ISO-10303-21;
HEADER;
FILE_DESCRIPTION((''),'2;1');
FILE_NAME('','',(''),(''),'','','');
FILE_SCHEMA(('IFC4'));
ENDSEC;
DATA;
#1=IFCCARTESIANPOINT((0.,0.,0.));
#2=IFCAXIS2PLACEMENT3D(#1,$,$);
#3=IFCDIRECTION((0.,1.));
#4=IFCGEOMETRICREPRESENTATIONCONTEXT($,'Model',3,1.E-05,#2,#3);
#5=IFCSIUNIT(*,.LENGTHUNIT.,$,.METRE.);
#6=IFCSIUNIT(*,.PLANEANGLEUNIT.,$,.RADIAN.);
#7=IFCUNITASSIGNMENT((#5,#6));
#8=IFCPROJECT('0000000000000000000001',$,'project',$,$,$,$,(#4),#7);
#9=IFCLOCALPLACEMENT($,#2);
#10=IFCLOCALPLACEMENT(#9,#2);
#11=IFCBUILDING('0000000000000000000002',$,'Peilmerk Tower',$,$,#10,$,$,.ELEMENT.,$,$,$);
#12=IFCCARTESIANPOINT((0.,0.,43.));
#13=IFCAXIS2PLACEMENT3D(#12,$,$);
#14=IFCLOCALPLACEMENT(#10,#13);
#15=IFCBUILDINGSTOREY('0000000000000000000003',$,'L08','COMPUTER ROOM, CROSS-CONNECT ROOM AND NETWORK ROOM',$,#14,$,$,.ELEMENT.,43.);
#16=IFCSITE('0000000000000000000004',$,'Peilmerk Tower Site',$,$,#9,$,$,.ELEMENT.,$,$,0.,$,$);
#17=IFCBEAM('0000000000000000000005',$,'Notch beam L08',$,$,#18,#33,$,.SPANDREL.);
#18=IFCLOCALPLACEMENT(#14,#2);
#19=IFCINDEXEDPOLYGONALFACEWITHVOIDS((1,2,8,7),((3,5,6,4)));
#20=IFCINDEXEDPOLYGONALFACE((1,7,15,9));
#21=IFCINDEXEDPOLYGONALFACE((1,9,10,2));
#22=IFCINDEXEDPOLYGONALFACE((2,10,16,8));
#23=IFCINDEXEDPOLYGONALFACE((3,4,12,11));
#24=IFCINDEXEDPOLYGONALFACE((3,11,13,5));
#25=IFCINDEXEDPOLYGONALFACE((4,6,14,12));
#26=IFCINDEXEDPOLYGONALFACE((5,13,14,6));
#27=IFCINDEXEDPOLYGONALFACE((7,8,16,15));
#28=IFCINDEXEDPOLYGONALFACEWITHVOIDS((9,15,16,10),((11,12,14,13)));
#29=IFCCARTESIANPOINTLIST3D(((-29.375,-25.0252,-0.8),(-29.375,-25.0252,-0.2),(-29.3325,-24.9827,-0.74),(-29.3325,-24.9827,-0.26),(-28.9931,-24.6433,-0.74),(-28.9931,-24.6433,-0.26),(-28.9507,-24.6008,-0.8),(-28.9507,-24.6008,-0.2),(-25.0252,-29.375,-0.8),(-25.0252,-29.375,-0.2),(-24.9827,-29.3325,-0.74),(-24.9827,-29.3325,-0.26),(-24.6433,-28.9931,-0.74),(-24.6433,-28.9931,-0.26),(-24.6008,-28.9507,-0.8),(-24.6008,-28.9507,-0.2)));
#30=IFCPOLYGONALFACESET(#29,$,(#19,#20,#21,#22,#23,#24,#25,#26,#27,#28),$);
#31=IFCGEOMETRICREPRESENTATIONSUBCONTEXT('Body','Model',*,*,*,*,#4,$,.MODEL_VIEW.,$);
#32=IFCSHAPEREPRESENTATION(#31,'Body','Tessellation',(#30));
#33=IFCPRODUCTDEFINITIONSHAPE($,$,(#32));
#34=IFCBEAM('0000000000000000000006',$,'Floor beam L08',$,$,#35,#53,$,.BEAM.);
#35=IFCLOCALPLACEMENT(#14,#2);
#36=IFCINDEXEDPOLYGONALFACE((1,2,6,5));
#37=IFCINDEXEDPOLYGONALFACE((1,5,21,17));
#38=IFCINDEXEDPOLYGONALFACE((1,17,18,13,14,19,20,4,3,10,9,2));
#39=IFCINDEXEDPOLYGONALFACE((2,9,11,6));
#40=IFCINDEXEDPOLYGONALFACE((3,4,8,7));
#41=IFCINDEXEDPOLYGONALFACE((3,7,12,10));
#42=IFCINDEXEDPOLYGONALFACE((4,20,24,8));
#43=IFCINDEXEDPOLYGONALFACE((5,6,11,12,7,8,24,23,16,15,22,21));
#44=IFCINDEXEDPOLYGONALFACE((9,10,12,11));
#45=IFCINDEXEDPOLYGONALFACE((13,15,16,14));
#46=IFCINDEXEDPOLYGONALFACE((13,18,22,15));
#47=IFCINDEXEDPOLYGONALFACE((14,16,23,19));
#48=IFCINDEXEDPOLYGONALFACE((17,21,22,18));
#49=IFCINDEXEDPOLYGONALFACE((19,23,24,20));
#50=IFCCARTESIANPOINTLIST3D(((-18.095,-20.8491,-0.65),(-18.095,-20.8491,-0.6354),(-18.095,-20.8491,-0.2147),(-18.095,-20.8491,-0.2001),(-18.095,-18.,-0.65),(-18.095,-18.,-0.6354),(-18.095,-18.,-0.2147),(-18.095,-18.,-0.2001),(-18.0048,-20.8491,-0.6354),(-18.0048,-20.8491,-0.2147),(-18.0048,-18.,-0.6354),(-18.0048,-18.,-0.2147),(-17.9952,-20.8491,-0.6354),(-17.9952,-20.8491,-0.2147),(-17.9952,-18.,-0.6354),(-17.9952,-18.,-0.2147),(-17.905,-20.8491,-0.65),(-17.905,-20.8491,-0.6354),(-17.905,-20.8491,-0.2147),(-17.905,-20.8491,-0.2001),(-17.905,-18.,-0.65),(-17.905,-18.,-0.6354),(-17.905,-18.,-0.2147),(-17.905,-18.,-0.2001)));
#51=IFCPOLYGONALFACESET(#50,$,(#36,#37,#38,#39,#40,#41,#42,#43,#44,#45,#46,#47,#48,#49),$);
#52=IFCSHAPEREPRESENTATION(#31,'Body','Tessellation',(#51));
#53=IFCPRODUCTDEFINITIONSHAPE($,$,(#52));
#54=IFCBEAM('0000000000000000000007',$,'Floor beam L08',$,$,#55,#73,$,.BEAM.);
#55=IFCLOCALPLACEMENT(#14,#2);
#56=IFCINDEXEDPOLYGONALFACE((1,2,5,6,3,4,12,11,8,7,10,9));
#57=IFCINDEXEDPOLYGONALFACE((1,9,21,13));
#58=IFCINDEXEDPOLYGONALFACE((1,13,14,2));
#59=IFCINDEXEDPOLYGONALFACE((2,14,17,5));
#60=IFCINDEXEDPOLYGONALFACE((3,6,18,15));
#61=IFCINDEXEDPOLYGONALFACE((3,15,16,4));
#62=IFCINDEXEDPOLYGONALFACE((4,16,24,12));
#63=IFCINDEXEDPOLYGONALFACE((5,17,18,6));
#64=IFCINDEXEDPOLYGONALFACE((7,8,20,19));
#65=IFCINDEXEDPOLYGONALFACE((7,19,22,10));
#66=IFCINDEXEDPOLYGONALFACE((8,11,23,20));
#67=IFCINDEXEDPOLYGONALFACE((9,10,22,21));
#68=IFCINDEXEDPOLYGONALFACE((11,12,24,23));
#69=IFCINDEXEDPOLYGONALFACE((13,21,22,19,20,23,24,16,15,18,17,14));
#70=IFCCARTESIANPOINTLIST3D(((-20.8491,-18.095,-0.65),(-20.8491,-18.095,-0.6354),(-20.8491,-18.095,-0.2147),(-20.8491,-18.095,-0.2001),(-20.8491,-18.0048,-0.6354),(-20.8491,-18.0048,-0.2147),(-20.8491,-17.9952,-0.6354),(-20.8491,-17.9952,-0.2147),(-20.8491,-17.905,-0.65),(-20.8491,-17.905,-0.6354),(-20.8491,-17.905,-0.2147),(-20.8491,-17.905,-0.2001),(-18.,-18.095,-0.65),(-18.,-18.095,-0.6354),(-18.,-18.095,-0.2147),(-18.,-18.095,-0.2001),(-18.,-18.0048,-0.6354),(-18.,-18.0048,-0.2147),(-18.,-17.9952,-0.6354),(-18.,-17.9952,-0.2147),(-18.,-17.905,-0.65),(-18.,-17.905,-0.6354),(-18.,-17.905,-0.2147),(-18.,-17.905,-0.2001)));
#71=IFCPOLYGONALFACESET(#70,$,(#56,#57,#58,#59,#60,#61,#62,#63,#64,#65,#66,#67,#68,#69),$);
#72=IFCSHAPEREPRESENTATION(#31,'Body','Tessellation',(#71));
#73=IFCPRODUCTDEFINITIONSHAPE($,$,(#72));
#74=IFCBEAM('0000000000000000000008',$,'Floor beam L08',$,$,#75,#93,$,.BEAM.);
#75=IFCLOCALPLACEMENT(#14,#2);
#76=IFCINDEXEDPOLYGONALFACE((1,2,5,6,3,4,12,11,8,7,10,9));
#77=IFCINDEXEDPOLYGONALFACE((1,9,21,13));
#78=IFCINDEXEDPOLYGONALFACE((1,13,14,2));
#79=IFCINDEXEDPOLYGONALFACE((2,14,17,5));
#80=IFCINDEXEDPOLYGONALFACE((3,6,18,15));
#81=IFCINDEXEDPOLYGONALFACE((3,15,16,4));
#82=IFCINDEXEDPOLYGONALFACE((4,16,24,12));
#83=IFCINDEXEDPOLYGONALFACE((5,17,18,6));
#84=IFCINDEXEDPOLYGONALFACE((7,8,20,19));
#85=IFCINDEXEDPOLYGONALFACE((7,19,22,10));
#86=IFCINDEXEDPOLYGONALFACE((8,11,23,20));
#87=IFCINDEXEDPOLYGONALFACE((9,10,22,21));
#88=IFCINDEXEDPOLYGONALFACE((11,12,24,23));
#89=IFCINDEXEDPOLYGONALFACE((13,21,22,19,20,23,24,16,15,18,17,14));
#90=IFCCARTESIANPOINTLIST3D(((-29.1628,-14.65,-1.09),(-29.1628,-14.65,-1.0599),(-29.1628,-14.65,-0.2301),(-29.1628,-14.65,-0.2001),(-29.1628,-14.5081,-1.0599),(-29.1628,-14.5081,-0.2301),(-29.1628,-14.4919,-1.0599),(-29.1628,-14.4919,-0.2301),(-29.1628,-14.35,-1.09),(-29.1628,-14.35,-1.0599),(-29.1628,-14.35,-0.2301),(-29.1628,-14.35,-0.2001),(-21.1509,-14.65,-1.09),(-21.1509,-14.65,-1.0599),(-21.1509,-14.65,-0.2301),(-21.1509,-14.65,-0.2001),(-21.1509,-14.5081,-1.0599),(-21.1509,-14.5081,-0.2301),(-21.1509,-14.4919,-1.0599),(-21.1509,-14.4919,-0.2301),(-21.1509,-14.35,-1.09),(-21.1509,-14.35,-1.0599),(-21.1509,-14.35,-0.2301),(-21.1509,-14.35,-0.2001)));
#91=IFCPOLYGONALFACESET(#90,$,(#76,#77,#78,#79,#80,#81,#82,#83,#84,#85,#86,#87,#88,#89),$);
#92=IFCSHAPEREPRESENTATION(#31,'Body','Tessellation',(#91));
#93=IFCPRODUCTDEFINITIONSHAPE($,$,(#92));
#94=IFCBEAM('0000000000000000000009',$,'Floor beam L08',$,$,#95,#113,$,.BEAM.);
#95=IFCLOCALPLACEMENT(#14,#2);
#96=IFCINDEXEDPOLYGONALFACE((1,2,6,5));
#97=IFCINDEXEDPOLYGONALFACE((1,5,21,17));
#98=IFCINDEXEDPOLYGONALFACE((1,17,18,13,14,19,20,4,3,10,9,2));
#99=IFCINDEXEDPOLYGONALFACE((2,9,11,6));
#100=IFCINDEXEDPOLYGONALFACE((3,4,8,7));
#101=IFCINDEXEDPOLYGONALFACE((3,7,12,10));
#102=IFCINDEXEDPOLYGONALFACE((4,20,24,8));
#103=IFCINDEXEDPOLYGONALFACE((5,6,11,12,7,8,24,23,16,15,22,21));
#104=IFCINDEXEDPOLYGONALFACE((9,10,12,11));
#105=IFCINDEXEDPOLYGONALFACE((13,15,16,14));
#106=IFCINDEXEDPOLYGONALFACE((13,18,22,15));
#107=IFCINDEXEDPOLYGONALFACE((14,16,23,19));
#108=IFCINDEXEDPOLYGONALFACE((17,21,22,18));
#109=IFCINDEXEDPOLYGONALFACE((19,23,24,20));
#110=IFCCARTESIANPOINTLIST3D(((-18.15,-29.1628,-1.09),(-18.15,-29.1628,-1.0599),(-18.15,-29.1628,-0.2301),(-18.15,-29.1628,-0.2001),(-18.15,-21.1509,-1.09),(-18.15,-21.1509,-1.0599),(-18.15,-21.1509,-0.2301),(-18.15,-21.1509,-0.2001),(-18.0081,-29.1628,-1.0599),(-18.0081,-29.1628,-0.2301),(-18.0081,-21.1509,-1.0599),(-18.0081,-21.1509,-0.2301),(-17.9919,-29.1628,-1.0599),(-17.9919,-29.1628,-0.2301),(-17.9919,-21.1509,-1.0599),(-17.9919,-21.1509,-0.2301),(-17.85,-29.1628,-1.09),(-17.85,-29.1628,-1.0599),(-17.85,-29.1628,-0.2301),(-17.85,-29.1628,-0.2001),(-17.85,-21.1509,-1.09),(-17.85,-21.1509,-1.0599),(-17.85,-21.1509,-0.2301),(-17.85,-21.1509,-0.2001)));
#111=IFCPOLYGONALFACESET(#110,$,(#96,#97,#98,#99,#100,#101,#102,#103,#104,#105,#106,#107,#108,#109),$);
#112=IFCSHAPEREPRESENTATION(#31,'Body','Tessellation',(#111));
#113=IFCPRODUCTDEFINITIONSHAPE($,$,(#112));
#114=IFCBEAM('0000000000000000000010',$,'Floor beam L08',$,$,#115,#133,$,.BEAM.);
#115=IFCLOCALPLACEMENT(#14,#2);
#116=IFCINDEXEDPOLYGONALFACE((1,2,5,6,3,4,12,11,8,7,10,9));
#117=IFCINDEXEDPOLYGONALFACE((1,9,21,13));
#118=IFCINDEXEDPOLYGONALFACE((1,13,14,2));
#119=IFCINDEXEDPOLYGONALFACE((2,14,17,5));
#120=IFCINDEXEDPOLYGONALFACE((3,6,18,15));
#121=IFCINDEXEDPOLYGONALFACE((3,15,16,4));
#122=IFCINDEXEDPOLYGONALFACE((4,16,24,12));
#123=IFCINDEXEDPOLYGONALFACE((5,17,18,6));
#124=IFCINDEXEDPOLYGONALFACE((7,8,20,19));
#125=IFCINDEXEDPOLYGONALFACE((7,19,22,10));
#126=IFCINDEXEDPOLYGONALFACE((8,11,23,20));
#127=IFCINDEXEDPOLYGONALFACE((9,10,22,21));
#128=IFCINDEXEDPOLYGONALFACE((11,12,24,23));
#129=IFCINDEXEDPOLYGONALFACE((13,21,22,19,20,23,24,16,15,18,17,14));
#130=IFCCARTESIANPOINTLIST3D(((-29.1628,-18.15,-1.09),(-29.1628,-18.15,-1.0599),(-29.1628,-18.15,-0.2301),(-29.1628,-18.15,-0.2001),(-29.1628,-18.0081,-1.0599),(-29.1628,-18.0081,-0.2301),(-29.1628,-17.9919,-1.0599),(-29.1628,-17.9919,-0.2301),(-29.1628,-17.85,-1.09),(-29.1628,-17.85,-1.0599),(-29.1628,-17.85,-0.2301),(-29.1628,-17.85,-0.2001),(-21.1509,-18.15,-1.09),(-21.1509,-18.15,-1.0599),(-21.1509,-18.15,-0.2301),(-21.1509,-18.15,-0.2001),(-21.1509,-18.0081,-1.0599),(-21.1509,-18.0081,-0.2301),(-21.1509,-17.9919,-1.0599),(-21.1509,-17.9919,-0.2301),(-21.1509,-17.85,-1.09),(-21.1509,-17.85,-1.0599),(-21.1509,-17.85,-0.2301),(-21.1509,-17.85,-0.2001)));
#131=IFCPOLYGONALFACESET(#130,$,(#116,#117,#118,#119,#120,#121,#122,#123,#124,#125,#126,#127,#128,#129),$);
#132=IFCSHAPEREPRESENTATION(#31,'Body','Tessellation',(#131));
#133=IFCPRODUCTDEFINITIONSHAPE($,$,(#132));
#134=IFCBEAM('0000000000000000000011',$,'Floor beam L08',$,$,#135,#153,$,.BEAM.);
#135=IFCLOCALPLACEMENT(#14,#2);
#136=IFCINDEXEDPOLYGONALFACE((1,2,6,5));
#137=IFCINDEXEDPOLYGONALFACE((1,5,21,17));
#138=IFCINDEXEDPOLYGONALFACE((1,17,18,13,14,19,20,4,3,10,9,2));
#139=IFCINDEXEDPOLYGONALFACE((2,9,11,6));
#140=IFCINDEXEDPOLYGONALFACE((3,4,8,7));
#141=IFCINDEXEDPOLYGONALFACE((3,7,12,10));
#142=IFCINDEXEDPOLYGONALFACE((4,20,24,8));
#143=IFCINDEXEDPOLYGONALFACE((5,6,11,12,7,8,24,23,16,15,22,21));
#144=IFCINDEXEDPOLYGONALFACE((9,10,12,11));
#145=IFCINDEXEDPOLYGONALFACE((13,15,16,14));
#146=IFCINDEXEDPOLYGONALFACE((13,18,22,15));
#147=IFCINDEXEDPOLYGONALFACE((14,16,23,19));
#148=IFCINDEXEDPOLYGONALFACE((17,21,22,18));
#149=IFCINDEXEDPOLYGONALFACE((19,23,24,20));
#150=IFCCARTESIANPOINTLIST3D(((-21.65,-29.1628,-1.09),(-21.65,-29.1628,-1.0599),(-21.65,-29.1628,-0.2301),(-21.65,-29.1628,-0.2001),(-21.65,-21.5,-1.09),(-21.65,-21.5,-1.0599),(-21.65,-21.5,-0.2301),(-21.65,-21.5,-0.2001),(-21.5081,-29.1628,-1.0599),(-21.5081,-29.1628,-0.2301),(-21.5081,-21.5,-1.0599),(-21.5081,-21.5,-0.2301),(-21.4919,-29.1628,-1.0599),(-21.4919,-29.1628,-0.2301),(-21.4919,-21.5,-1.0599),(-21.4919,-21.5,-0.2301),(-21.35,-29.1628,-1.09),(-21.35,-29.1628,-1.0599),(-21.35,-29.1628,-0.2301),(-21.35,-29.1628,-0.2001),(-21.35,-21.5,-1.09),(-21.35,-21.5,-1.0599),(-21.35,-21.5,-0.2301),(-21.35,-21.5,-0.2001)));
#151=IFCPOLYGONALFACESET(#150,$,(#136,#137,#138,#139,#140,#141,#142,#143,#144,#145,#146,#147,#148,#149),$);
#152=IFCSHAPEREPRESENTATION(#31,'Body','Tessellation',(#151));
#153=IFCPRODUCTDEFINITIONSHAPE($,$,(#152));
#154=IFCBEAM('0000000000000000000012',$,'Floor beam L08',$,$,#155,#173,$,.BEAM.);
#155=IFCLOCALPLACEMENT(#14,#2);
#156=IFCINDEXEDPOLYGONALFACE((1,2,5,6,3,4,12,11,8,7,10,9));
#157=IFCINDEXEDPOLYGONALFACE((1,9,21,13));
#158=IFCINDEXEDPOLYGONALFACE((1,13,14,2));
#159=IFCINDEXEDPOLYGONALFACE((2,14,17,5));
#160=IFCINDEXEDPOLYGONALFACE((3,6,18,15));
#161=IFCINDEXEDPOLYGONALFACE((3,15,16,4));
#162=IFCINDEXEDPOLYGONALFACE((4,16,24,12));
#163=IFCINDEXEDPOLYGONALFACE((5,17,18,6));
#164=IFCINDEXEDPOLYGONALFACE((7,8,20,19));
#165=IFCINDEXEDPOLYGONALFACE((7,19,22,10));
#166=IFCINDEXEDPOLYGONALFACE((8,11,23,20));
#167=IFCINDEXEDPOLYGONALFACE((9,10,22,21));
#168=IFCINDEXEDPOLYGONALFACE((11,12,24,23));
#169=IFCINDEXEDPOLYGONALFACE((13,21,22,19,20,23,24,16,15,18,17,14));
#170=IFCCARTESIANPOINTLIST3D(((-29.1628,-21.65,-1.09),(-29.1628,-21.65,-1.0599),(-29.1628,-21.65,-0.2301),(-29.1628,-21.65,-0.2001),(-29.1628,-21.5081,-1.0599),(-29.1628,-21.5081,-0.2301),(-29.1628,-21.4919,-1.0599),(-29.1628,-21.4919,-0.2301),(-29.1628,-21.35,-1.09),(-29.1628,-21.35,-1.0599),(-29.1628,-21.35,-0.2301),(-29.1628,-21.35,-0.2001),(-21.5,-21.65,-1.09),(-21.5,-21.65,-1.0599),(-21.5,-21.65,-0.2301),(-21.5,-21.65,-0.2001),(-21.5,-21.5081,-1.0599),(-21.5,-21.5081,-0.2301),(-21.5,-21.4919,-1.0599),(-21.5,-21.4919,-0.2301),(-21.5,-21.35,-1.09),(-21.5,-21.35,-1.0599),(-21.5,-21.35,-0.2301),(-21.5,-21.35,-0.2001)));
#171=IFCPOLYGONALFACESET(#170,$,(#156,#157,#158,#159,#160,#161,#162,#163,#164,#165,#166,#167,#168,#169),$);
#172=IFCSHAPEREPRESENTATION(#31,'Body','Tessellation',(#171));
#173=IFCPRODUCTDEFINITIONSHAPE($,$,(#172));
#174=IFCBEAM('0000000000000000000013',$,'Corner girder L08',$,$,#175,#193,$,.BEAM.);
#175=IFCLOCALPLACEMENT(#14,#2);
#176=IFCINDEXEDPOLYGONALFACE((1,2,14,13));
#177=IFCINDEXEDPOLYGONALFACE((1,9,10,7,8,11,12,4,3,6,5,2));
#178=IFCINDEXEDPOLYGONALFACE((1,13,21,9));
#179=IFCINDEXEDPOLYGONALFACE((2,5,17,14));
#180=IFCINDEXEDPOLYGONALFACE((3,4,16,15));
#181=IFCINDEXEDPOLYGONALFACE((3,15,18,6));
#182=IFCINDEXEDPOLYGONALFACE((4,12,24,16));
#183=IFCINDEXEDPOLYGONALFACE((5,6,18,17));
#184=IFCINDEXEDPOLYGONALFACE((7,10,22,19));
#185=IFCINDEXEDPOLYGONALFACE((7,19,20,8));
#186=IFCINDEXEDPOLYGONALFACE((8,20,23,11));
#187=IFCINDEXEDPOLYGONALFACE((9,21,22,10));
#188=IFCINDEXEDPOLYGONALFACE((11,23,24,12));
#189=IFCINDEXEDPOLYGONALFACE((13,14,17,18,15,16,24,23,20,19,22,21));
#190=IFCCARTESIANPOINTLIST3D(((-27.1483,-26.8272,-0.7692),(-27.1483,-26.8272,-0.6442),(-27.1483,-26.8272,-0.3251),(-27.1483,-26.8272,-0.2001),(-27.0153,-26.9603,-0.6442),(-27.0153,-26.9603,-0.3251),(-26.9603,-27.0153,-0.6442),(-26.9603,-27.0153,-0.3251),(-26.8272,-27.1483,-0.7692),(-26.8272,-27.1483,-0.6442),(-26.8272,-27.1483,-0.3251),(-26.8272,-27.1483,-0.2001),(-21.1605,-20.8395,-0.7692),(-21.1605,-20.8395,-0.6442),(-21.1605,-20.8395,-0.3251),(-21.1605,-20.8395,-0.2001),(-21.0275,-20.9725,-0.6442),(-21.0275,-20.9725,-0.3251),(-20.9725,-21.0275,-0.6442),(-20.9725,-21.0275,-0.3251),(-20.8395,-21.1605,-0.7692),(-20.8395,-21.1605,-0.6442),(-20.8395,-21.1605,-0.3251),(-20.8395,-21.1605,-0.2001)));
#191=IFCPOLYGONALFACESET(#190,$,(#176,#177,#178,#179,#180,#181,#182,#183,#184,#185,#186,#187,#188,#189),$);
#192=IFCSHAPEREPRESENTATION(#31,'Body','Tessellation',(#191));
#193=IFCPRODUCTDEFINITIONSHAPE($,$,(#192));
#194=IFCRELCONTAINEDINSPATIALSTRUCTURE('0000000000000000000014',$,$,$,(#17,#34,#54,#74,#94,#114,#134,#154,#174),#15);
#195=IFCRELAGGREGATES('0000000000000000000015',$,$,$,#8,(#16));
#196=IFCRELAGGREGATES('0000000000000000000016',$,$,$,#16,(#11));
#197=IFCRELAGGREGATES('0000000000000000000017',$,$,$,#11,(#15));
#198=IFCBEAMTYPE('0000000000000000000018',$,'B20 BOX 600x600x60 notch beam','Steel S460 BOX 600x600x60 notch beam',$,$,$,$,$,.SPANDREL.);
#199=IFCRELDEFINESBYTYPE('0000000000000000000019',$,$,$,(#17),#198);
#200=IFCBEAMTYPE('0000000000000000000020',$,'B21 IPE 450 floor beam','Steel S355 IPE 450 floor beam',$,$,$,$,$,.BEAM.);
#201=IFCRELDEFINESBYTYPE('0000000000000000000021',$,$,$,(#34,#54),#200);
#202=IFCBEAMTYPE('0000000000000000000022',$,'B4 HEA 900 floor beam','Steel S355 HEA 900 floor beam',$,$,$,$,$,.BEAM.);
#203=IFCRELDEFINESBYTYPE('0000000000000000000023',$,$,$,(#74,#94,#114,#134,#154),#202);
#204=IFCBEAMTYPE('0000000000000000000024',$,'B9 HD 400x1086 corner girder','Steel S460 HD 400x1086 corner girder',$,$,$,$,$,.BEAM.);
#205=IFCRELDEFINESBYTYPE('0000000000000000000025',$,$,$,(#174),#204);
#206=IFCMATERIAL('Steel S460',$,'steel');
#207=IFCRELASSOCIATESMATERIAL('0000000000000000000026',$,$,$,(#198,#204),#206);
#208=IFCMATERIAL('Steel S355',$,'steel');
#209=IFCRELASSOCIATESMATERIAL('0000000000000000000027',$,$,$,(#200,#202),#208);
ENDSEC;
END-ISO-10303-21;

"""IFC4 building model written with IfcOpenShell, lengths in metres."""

from ifc_helpers import new_model, si_unit, direction, frame, origin, origin_2d, place, context, subcontext, project, spatial, hollow_rectangle, i_section, extrude, material, material_profile, profile_set, type_object, element, save


model = new_model("IFC4")

# Units and contexts
model_context = context("Model", 3, precision=1e-05, world=origin(), true_north=direction((0.0, 1.0)))
body_context = subcontext(model_context, "Body", "Model", "MODEL_VIEW")
ifc_project = project(units=[si_unit("LENGTHUNIT", "METRE"), si_unit("PLANEANGLEUNIT", "RADIAN")], contexts=[model_context])

# Site, building, storey
site_placement = place(None, origin())
site = spatial("IfcSite", under=ifc_project, at=site_placement, Name="Peilmerk Tower Site", CompositionType="ELEMENT", RefElevation=0.0)
building_placement = place(site_placement, origin())
building = spatial("IfcBuilding", under=site, at=building_placement, Name="Peilmerk Tower", CompositionType="ELEMENT")
storey_placement = place(building_placement, frame((0.0, 0.0, 43.0)))
storey = spatial("IfcBuildingStorey", under=building, at=storey_placement, Name="L08", Description="COMPUTER ROOM, CROSS-CONNECT ROOM AND NETWORK ROOM", CompositionType="ELEMENT", Elevation=43.0)

# Beams
ifc_material_1 = material(Name="Steel S355", Category="steel")
ifc_material_2 = material(Name="Steel S460", Category="steel")
ifc_material_profile_1 = material_profile(ifc_material_2, hollow_rectangle(XDim=0.6001, YDim=0.6001, WallThickness=0.0601, at=origin_2d()), Name="BOX 600x600x60")
ifc_profile_set_1 = profile_set([ifc_material_profile_1], Name="Steel S460")
beam_type_1 = type_object("IfcBeamType", Name="B20 BOX 600x600x60 notch beam", Description="Steel S460 BOX 600x600x60 notch beam", PredefinedType="SPANDREL", material=ifc_profile_set_1)
beam_1_placement = place(storey_placement, frame((-24.813, -29.1628, -0.5), z_axis=(-0.707107, 0.707107, 0.0), x_axis=(-0.707107, -0.707107, 0.0)))
element("IfcBeam", 1, at=beam_1_placement, inside=storey, type_object=beam_type_1, Name="Notch beam L08", PredefinedType="SPANDREL", context=body_context, shape_type="SweptSolid", body=[
    extrude(hollow_rectangle(XDim=0.6001, YDim=0.6001, WallThickness=0.0601, at=origin_2d()), origin(), (0.0, 0.0, 1.0), 6.1516),
])
ifc_material_profile_2 = material_profile(ifc_material_1, i_section(OverallWidth=0.1899, OverallDepth=0.45, WebThickness=0.0095, FlangeThickness=0.0146, at=origin_2d()), Name="IPE 450")
ifc_profile_set_2 = profile_set([ifc_material_profile_2], Name="Steel S355")
beam_type_2 = type_object("IfcBeamType", Name="B21 IPE 450 floor beam", Description="Steel S355 IPE 450 floor beam", PredefinedType="BEAM", material=ifc_profile_set_2)
for number, where, z_axis, x_axis, name in (
    (2, (-18.0, -18.0, -0.425), (0.0, -1.0, 0.0), (1.0, 0.0, 0.0), "Floor beam L08"),
    (3, (-18.0, -18.0, -0.425), (-1.0, 0.0, 0.0), (0.0, -1.0, 0.0), "Floor beam L08"),
):
    element("IfcBeam", number, at=place(storey_placement, frame(where, z_axis=z_axis, x_axis=x_axis)), inside=storey, type_object=beam_type_2, Name=name, PredefinedType="BEAM", context=body_context, shape_type="SweptSolid", body=[
        extrude(i_section(OverallWidth=0.1899, OverallDepth=0.45, WebThickness=0.0095, FlangeThickness=0.0146, at=origin_2d()), origin(), (0.0, 0.0, 1.0), 2.8491),
    ])
ifc_material_profile_3 = material_profile(ifc_material_1, i_section(OverallWidth=0.3, OverallDepth=0.8899, WebThickness=0.0161, FlangeThickness=0.03, at=origin_2d()), Name="HEA 900")
ifc_profile_set_3 = profile_set([ifc_material_profile_3], Name="Steel S355")
beam_type_3 = type_object("IfcBeamType", Name="B4 HEA 900 floor beam", Description="Steel S355 HEA 900 floor beam", PredefinedType="BEAM", material=ifc_profile_set_3)
for number, where, z_axis, x_axis, name in (
    (4, (-21.1509, -14.5, -0.645), (-1.0, 0.0, 0.0), (0.0, -1.0, 0.0), "Floor beam L08"),
    (5, (-18.0, -21.1509, -0.645), (0.0, -1.0, 0.0), (1.0, 0.0, 0.0), "Floor beam L08"),
    (6, (-21.1509, -18.0, -0.645), (-1.0, 0.0, 0.0), (0.0, -1.0, 0.0), "Floor beam L08"),
):
    element("IfcBeam", number, at=place(storey_placement, frame(where, z_axis=z_axis, x_axis=x_axis)), inside=storey, type_object=beam_type_3, Name=name, PredefinedType="BEAM", context=body_context, shape_type="SweptSolid", body=[
        extrude(i_section(OverallWidth=0.3, OverallDepth=0.8899, WebThickness=0.0161, FlangeThickness=0.03, at=origin_2d()), origin(), (0.0, 0.0, 1.0), 8.012),
    ])
for number, where, z_axis, x_axis, name in (
    (7, (-21.5, -21.5, -0.645), (0.0, -1.0, 0.0), (1.0, 0.0, 0.0), "Floor beam L08"),
    (8, (-21.5, -21.5, -0.645), (-1.0, 0.0, 0.0), (0.0, -1.0, 0.0), "Floor beam L08"),
):
    element("IfcBeam", number, at=place(storey_placement, frame(where, z_axis=z_axis, x_axis=x_axis)), inside=storey, type_object=beam_type_3, Name=name, PredefinedType="BEAM", context=body_context, shape_type="SweptSolid", body=[
        extrude(i_section(OverallWidth=0.3, OverallDepth=0.8899, WebThickness=0.0161, FlangeThickness=0.03, at=origin_2d()), origin(), (0.0, 0.0, 1.0), 7.6628),
    ])
ifc_material_profile_4 = material_profile(ifc_material_2, i_section(OverallWidth=0.4541, OverallDepth=0.5691, WebThickness=0.0779, FlangeThickness=0.125, at=origin_2d()), Name="HD 400x1086")
ifc_profile_set_4 = profile_set([ifc_material_profile_4], Name="Steel S460")
beam_type_4 = type_object("IfcBeamType", Name="B9 HD 400x1086 corner girder", Description="Steel S460 HD 400x1086 corner girder", PredefinedType="BEAM", material=ifc_profile_set_4)
beam_2_placement = place(storey_placement, frame((-21.0, -21.0, -0.4846), z_axis=(-0.707107, -0.707107, 0.0), x_axis=(0.707107, -0.707107, 0.0)))
element("IfcBeam", 9, at=beam_2_placement, inside=storey, type_object=beam_type_4, Name="Corner girder L08", PredefinedType="BEAM", context=body_context, shape_type="SweptSolid", body=[
    extrude(i_section(OverallWidth=0.4541, OverallDepth=0.5691, WebThickness=0.0779, FlangeThickness=0.125, at=origin_2d()), origin(), (0.0, 0.0, 1.0), 8.468),
])

save(model, "model.ifc")
